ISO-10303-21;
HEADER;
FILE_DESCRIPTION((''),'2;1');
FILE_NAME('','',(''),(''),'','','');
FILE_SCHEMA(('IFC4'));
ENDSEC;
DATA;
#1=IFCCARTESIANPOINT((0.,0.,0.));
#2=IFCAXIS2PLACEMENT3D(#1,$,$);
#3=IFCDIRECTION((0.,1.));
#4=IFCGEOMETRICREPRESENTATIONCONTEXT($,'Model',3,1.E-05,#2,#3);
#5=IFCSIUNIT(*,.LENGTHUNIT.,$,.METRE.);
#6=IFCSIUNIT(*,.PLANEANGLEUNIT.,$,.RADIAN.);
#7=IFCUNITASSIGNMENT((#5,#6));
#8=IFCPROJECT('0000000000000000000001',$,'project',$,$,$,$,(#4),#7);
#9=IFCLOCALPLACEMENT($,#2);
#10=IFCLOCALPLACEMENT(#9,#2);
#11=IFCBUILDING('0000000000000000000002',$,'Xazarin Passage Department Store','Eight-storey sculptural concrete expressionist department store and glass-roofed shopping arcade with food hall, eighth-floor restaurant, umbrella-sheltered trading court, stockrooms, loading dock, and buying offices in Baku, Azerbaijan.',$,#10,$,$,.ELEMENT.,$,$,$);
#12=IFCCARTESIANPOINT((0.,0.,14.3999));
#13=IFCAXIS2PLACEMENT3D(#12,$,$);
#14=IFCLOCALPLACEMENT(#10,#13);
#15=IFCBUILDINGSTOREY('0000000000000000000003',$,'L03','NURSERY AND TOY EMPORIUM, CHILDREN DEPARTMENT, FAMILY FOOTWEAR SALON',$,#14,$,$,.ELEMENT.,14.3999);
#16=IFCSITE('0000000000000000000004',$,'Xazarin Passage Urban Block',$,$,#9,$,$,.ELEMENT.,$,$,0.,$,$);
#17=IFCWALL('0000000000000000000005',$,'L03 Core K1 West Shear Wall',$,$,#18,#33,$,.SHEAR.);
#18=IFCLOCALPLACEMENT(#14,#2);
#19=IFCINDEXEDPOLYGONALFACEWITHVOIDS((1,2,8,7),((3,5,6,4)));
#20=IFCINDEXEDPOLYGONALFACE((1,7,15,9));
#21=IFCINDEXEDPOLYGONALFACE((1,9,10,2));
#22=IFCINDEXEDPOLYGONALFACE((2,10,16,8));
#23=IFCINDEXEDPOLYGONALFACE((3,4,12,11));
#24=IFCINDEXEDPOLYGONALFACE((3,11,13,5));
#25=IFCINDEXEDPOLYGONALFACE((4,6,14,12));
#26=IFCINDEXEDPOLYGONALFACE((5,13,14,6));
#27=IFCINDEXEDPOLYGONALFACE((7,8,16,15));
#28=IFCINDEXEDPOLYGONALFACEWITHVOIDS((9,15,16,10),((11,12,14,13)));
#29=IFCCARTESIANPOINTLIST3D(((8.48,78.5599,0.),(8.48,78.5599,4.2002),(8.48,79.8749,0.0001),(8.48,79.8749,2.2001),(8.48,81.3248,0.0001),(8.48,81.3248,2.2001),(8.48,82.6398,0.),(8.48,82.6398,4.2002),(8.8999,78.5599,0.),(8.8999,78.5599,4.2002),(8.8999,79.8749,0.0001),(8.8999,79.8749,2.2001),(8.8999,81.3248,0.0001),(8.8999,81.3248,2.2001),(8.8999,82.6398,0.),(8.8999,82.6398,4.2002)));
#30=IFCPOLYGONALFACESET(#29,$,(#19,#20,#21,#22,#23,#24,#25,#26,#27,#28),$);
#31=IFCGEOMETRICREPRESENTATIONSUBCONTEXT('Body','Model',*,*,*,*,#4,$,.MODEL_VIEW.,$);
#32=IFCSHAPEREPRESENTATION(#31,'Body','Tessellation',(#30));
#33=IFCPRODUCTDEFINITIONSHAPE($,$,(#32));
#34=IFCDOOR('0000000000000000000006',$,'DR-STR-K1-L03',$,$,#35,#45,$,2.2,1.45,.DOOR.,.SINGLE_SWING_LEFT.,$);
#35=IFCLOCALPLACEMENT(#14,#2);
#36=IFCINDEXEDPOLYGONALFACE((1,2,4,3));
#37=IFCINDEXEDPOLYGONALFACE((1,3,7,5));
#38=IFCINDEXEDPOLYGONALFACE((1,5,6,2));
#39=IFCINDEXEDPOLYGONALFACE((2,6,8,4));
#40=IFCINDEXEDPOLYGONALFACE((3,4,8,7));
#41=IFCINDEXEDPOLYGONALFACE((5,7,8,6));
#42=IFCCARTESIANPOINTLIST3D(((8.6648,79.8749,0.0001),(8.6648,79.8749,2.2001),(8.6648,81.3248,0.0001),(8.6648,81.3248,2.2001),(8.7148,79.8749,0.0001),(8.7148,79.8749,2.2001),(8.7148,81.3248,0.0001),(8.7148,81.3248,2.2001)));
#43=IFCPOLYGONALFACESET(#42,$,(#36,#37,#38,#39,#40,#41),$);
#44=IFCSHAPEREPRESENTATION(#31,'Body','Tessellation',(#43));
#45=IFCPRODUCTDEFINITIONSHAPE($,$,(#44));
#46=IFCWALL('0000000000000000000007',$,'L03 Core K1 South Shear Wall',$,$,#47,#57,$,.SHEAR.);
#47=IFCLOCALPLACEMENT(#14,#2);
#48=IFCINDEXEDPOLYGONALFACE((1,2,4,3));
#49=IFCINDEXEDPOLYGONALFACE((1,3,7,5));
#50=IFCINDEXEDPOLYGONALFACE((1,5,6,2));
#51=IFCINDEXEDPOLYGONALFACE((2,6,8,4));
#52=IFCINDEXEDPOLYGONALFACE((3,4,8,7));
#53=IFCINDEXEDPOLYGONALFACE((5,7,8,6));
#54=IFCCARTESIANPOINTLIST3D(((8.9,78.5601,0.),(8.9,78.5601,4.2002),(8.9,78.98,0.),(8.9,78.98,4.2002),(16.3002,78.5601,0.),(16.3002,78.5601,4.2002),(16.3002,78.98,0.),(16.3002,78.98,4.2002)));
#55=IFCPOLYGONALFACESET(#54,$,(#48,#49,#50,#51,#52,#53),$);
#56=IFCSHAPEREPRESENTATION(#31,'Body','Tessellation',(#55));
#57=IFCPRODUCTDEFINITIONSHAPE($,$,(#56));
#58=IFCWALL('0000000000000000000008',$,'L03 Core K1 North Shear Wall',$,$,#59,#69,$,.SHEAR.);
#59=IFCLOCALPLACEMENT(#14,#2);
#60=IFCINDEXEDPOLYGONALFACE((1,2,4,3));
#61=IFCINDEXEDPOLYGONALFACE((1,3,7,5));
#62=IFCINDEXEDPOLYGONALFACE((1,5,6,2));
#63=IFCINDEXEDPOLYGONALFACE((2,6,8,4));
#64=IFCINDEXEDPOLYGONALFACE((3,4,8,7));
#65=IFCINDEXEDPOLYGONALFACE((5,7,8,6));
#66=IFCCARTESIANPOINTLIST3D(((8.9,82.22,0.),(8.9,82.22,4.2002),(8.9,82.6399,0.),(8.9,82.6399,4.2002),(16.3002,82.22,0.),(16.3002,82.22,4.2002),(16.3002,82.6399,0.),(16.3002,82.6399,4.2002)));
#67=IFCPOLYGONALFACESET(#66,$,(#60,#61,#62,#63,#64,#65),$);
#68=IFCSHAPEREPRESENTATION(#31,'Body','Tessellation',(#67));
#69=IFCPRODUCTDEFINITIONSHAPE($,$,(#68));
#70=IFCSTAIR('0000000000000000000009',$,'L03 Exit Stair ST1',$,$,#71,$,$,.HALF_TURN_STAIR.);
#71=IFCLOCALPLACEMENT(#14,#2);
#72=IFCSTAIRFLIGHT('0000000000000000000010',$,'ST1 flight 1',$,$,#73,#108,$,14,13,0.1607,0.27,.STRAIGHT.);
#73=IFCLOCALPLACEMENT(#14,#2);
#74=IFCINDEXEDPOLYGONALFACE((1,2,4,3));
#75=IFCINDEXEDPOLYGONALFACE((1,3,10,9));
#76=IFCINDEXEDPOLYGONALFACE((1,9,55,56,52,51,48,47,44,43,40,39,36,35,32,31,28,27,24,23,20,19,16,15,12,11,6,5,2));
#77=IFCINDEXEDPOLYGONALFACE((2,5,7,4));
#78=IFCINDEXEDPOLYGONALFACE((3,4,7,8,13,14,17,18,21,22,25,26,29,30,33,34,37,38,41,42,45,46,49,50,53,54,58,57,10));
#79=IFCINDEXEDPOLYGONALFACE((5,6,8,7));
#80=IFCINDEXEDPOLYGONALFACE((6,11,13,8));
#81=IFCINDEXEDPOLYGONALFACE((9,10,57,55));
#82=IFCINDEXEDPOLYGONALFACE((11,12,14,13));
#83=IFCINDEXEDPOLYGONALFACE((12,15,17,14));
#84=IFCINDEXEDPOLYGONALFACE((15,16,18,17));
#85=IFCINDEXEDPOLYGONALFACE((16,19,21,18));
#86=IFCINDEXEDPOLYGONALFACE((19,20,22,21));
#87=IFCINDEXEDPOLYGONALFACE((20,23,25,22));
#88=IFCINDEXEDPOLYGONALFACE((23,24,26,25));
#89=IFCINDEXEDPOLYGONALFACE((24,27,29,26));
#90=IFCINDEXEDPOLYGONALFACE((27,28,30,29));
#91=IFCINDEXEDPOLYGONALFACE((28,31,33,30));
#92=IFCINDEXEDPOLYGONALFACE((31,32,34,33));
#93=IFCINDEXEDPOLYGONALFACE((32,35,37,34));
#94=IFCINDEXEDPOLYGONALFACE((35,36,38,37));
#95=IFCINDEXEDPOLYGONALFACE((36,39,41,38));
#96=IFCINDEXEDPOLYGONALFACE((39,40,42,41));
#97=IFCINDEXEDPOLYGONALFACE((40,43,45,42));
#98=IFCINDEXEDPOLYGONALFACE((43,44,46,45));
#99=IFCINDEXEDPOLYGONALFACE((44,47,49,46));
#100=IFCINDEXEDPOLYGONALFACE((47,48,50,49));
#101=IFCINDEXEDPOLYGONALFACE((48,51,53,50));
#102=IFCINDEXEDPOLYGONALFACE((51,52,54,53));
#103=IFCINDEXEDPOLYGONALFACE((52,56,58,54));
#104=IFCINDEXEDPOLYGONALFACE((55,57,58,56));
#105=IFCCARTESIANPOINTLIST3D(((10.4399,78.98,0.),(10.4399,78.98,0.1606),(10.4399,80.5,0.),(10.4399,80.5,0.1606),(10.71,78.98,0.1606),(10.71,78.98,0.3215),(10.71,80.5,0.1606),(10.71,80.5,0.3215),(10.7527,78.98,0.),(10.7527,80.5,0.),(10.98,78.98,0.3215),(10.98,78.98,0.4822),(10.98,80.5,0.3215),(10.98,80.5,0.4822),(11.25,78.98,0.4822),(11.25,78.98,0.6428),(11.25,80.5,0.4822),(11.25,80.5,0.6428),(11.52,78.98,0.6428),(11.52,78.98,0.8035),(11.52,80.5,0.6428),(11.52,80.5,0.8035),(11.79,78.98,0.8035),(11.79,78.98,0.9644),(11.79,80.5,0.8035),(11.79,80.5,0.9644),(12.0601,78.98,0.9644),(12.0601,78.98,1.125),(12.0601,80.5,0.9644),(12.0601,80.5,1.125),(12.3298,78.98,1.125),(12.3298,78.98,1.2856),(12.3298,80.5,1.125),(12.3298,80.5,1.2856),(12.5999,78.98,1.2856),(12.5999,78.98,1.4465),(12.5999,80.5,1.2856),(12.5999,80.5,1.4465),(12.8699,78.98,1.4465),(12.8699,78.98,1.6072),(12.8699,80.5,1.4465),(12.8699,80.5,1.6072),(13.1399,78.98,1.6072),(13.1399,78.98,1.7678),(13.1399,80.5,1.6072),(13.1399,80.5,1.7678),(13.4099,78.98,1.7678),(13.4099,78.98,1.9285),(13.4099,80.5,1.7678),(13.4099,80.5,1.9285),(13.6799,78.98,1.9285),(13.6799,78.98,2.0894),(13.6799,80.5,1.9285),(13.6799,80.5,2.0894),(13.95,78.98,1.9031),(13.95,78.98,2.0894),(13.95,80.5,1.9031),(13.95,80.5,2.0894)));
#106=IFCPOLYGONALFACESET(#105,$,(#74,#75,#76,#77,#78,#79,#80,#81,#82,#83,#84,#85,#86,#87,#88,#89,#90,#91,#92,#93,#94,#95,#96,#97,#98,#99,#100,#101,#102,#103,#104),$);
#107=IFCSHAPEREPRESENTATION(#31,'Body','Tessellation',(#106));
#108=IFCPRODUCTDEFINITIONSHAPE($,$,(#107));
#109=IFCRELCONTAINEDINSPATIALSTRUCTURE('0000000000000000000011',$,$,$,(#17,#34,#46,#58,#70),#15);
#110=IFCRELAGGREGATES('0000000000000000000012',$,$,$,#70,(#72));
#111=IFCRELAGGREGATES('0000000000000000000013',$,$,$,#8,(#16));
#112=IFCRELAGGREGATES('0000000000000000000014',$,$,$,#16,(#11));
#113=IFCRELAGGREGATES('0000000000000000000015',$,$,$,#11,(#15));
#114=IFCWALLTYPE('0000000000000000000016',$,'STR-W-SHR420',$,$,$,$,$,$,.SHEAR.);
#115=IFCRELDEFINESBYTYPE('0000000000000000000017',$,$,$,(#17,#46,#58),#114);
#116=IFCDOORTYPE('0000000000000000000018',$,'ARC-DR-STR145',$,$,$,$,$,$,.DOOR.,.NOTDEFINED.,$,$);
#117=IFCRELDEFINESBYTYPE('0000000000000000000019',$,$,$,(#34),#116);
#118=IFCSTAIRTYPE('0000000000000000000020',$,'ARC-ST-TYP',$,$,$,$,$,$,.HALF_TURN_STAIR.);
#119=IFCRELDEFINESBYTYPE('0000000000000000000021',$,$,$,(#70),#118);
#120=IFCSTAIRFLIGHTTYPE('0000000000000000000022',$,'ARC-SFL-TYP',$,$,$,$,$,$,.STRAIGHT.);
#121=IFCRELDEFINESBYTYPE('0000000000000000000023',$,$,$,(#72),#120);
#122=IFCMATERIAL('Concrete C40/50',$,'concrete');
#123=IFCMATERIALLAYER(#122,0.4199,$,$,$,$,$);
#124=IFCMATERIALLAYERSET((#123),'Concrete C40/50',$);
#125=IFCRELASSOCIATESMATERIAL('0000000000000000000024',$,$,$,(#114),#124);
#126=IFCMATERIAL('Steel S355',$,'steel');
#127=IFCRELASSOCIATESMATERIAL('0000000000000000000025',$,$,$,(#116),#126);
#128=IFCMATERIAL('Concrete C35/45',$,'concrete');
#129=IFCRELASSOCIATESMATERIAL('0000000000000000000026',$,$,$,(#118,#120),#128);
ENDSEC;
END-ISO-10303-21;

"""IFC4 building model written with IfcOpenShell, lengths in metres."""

from ifc_helpers import new_model, si_unit, direction, frame, frame_2d, origin, place, context, subcontext, project, spatial, polyline, rectangle, outline, extrude, material, layer, layer_set, type_object, element, fill, aggregate, save


model = new_model("IFC4")

# Units and contexts
model_context = context("Model", 3, precision=1e-05, world=origin(), true_north=direction((0.0, 1.0)))
body_context = subcontext(model_context, "Body", "Model", "MODEL_VIEW")
ifc_project = project(units=[si_unit("LENGTHUNIT", "METRE"), si_unit("PLANEANGLEUNIT", "RADIAN")], contexts=[model_context])

# Site, building, storey
site_placement = place(None, origin())
site = spatial("IfcSite", under=ifc_project, at=site_placement, Name="Xazarin Passage Urban Block", CompositionType="ELEMENT", RefElevation=0.0)
building_placement = place(site_placement, origin())
building = spatial("IfcBuilding", under=site, at=building_placement, Name="Xazarin Passage Department Store", Description="Eight-storey sculptural concrete expressionist department store and glass-roofed shopping arcade with food hall, eighth-floor restaurant, umbrella-sheltered trading court, stockrooms, loading dock, and buying offices in Baku, Azerbaijan.", CompositionType="ELEMENT")
storey_placement = place(building_placement, frame((0.0, 0.0, 14.3999)))
storey = spatial("IfcBuildingStorey", under=building, at=storey_placement, Name="L03", Description="NURSERY AND TOY EMPORIUM, CHILDREN DEPARTMENT, FAMILY FOOTWEAR SALON", CompositionType="ELEMENT", Elevation=14.3999)

# Shared definitions
ifc_material_1 = material(Name="Concrete C40/50", Category="concrete")

# Shared definitions
ifc_material_2 = material(Name="Concrete C35/45", Category="concrete")

# Shared definitions
ifc_material_3 = material(Name="Steel S355", Category="steel")

# Wall, opening, door
ifc_layer_1 = layer(ifc_material_1, 0.4199)
ifc_layer_set_1 = layer_set([ifc_layer_1], Name="Concrete C40/50")
wall_type_1 = type_object("IfcWallType", Name="STR-W-SHR420", PredefinedType="SHEAR", material=ifc_layer_set_1)
wall_1_placement = place(storey_placement, frame((8.6899, 82.6399, 0.0), z_axis=(0.0, 0.0, 1.0), x_axis=(0.0, -1.0, 0.0)))
wall_1 = element("IfcWall", 1, at=wall_1_placement, inside=storey, type_object=wall_type_1, Name="L03 Core K1 West Shear Wall", PredefinedType="SHEAR", context=body_context, shape_type="SweptSolid", body=[
    extrude(rectangle(XDim=4.0798, YDim=0.4199, at=frame_2d((2.04, 0.0))), origin(), (0.0, 0.0, 1.0), 4.2002),
])
opening_1_placement = place(wall_1_placement, frame((1.3149, 0.0, 0.0)))
opening_1 = element("IfcOpeningElement", 2, at=opening_1_placement, cuts=wall_1, PredefinedType="OPENING", context=body_context, shape_type="SweptSolid", body=[
    extrude(rectangle(XDim=1.45, YDim=2.2, at=frame_2d((0.7251, 1.1001))), frame((0.0, 0.22, 0.0), z_axis=(0.0, -1.0, 0.0), x_axis=(1.0, 0.0, 0.0)), (0.0, 0.0, 1.0), 0.4399),
])
door_type_1 = type_object("IfcDoorType", Name="ARC-DR-STR145", OperationType="NOTDEFINED", PredefinedType="DOOR", material=ifc_material_3)
door_1_placement = place(opening_1_placement, origin())
door_1 = element("IfcDoor", 3, at=door_1_placement, inside=storey, type_object=door_type_1, Name="DR-STR-K1-L03", OperationType="SINGLE_SWING_LEFT", OverallHeight=2.2, OverallWidth=1.45, PredefinedType="DOOR", context=body_context, shape_type="SweptSolid", body=[
    extrude(rectangle(XDim=1.45, YDim=2.2, at=frame_2d((0.7251, 1.1001))), frame((0.0, 0.0249, 0.0), z_axis=(0.0, -1.0, 0.0), x_axis=(1.0, 0.0, 0.0)), (0.0, 0.0, 1.0), 0.05),
])
fill(opening_1, door_1)

# Walls
for number, where, z_axis, x_axis, name in (
    (4, (8.8999, 78.77, 0.0), (0.0, 0.0, 1.0), (1.0, 0.0, 0.0), "L03 Core K1 South Shear Wall"),
    (5, (8.8999, 82.4299, 0.0), (0.0, 0.0, 1.0), (1.0, 0.0, 0.0), "L03 Core K1 North Shear Wall"),
):
    element("IfcWall", number, at=place(storey_placement, frame(where, z_axis=z_axis, x_axis=x_axis)), inside=storey, type_object=wall_type_1, Name=name, PredefinedType="SHEAR", context=body_context, shape_type="SweptSolid", body=[
        extrude(rectangle(XDim=7.4001, YDim=0.4199, at=frame_2d((3.7002, 0.0))), origin(), (0.0, 0.0, 1.0), 4.2002),
    ])

# Stair, stair flight
stair_type = type_object("IfcStairType", Name="ARC-ST-TYP", PredefinedType="HALF_TURN_STAIR", material=ifc_material_2)
stair_placement = place(storey_placement, origin())
stair = element("IfcStair", 6, at=stair_placement, inside=storey, type_object=stair_type, Name="L03 Exit Stair ST1", PredefinedType="HALF_TURN_STAIR")
stair_flight_type = type_object("IfcStairFlightType", Name="ARC-SFL-TYP", PredefinedType="STRAIGHT", material=ifc_material_2)
stair_flight_placement = place(storey_placement, frame((10.4399, 79.74, 0.0), z_axis=(0.0, 0.0, 1.0), x_axis=(1.0, 0.0, 0.0)))
stair_flight = element("IfcStairFlight", 7, at=stair_flight_placement, type_object=stair_flight_type, Name="ST1 flight 1", NumberOfRisers=14, NumberOfTreads=13, PredefinedType="STRAIGHT", RiserHeight=0.1607, TreadLength=0.27, context=body_context, shape_type="SweptSolid", body=[
    extrude(outline(polyline([(0.0, 0.0), (0.0, 0.1606), (0.27, 0.1606), (0.27, 0.3215), (0.54, 0.3215), (0.54, 0.4822), (0.8101, 0.4822), (0.8101, 0.6428), (1.0801, 0.6428), (1.0801, 0.8035), (1.3501, 0.8035), (1.3501, 0.9644), (1.6201, 0.9644), (1.6201, 1.125), (1.8899, 1.125), (1.8899, 1.2856), (2.1599, 1.2856), (2.1599, 1.4465), (2.4299, 1.4465), (2.4299, 1.6072), (2.7, 1.6072), (2.7, 1.7678), (2.97, 1.7678), (2.97, 1.9285), (3.24, 1.9285), (3.24, 2.0894), (3.51, 2.0894), (3.51, 2.25), (3.51, 1.9031), (0.3127, 0.0), (0.0, 0.0)])), frame((0.0, 0.76, 0.0), z_axis=(0.0, -1.0, 0.0), x_axis=(1.0, 0.0, 0.0)), (0.0, 0.0, 1.0), 1.52),
])
aggregate(stair, [stair_flight])

save(model, "model.ifc")
